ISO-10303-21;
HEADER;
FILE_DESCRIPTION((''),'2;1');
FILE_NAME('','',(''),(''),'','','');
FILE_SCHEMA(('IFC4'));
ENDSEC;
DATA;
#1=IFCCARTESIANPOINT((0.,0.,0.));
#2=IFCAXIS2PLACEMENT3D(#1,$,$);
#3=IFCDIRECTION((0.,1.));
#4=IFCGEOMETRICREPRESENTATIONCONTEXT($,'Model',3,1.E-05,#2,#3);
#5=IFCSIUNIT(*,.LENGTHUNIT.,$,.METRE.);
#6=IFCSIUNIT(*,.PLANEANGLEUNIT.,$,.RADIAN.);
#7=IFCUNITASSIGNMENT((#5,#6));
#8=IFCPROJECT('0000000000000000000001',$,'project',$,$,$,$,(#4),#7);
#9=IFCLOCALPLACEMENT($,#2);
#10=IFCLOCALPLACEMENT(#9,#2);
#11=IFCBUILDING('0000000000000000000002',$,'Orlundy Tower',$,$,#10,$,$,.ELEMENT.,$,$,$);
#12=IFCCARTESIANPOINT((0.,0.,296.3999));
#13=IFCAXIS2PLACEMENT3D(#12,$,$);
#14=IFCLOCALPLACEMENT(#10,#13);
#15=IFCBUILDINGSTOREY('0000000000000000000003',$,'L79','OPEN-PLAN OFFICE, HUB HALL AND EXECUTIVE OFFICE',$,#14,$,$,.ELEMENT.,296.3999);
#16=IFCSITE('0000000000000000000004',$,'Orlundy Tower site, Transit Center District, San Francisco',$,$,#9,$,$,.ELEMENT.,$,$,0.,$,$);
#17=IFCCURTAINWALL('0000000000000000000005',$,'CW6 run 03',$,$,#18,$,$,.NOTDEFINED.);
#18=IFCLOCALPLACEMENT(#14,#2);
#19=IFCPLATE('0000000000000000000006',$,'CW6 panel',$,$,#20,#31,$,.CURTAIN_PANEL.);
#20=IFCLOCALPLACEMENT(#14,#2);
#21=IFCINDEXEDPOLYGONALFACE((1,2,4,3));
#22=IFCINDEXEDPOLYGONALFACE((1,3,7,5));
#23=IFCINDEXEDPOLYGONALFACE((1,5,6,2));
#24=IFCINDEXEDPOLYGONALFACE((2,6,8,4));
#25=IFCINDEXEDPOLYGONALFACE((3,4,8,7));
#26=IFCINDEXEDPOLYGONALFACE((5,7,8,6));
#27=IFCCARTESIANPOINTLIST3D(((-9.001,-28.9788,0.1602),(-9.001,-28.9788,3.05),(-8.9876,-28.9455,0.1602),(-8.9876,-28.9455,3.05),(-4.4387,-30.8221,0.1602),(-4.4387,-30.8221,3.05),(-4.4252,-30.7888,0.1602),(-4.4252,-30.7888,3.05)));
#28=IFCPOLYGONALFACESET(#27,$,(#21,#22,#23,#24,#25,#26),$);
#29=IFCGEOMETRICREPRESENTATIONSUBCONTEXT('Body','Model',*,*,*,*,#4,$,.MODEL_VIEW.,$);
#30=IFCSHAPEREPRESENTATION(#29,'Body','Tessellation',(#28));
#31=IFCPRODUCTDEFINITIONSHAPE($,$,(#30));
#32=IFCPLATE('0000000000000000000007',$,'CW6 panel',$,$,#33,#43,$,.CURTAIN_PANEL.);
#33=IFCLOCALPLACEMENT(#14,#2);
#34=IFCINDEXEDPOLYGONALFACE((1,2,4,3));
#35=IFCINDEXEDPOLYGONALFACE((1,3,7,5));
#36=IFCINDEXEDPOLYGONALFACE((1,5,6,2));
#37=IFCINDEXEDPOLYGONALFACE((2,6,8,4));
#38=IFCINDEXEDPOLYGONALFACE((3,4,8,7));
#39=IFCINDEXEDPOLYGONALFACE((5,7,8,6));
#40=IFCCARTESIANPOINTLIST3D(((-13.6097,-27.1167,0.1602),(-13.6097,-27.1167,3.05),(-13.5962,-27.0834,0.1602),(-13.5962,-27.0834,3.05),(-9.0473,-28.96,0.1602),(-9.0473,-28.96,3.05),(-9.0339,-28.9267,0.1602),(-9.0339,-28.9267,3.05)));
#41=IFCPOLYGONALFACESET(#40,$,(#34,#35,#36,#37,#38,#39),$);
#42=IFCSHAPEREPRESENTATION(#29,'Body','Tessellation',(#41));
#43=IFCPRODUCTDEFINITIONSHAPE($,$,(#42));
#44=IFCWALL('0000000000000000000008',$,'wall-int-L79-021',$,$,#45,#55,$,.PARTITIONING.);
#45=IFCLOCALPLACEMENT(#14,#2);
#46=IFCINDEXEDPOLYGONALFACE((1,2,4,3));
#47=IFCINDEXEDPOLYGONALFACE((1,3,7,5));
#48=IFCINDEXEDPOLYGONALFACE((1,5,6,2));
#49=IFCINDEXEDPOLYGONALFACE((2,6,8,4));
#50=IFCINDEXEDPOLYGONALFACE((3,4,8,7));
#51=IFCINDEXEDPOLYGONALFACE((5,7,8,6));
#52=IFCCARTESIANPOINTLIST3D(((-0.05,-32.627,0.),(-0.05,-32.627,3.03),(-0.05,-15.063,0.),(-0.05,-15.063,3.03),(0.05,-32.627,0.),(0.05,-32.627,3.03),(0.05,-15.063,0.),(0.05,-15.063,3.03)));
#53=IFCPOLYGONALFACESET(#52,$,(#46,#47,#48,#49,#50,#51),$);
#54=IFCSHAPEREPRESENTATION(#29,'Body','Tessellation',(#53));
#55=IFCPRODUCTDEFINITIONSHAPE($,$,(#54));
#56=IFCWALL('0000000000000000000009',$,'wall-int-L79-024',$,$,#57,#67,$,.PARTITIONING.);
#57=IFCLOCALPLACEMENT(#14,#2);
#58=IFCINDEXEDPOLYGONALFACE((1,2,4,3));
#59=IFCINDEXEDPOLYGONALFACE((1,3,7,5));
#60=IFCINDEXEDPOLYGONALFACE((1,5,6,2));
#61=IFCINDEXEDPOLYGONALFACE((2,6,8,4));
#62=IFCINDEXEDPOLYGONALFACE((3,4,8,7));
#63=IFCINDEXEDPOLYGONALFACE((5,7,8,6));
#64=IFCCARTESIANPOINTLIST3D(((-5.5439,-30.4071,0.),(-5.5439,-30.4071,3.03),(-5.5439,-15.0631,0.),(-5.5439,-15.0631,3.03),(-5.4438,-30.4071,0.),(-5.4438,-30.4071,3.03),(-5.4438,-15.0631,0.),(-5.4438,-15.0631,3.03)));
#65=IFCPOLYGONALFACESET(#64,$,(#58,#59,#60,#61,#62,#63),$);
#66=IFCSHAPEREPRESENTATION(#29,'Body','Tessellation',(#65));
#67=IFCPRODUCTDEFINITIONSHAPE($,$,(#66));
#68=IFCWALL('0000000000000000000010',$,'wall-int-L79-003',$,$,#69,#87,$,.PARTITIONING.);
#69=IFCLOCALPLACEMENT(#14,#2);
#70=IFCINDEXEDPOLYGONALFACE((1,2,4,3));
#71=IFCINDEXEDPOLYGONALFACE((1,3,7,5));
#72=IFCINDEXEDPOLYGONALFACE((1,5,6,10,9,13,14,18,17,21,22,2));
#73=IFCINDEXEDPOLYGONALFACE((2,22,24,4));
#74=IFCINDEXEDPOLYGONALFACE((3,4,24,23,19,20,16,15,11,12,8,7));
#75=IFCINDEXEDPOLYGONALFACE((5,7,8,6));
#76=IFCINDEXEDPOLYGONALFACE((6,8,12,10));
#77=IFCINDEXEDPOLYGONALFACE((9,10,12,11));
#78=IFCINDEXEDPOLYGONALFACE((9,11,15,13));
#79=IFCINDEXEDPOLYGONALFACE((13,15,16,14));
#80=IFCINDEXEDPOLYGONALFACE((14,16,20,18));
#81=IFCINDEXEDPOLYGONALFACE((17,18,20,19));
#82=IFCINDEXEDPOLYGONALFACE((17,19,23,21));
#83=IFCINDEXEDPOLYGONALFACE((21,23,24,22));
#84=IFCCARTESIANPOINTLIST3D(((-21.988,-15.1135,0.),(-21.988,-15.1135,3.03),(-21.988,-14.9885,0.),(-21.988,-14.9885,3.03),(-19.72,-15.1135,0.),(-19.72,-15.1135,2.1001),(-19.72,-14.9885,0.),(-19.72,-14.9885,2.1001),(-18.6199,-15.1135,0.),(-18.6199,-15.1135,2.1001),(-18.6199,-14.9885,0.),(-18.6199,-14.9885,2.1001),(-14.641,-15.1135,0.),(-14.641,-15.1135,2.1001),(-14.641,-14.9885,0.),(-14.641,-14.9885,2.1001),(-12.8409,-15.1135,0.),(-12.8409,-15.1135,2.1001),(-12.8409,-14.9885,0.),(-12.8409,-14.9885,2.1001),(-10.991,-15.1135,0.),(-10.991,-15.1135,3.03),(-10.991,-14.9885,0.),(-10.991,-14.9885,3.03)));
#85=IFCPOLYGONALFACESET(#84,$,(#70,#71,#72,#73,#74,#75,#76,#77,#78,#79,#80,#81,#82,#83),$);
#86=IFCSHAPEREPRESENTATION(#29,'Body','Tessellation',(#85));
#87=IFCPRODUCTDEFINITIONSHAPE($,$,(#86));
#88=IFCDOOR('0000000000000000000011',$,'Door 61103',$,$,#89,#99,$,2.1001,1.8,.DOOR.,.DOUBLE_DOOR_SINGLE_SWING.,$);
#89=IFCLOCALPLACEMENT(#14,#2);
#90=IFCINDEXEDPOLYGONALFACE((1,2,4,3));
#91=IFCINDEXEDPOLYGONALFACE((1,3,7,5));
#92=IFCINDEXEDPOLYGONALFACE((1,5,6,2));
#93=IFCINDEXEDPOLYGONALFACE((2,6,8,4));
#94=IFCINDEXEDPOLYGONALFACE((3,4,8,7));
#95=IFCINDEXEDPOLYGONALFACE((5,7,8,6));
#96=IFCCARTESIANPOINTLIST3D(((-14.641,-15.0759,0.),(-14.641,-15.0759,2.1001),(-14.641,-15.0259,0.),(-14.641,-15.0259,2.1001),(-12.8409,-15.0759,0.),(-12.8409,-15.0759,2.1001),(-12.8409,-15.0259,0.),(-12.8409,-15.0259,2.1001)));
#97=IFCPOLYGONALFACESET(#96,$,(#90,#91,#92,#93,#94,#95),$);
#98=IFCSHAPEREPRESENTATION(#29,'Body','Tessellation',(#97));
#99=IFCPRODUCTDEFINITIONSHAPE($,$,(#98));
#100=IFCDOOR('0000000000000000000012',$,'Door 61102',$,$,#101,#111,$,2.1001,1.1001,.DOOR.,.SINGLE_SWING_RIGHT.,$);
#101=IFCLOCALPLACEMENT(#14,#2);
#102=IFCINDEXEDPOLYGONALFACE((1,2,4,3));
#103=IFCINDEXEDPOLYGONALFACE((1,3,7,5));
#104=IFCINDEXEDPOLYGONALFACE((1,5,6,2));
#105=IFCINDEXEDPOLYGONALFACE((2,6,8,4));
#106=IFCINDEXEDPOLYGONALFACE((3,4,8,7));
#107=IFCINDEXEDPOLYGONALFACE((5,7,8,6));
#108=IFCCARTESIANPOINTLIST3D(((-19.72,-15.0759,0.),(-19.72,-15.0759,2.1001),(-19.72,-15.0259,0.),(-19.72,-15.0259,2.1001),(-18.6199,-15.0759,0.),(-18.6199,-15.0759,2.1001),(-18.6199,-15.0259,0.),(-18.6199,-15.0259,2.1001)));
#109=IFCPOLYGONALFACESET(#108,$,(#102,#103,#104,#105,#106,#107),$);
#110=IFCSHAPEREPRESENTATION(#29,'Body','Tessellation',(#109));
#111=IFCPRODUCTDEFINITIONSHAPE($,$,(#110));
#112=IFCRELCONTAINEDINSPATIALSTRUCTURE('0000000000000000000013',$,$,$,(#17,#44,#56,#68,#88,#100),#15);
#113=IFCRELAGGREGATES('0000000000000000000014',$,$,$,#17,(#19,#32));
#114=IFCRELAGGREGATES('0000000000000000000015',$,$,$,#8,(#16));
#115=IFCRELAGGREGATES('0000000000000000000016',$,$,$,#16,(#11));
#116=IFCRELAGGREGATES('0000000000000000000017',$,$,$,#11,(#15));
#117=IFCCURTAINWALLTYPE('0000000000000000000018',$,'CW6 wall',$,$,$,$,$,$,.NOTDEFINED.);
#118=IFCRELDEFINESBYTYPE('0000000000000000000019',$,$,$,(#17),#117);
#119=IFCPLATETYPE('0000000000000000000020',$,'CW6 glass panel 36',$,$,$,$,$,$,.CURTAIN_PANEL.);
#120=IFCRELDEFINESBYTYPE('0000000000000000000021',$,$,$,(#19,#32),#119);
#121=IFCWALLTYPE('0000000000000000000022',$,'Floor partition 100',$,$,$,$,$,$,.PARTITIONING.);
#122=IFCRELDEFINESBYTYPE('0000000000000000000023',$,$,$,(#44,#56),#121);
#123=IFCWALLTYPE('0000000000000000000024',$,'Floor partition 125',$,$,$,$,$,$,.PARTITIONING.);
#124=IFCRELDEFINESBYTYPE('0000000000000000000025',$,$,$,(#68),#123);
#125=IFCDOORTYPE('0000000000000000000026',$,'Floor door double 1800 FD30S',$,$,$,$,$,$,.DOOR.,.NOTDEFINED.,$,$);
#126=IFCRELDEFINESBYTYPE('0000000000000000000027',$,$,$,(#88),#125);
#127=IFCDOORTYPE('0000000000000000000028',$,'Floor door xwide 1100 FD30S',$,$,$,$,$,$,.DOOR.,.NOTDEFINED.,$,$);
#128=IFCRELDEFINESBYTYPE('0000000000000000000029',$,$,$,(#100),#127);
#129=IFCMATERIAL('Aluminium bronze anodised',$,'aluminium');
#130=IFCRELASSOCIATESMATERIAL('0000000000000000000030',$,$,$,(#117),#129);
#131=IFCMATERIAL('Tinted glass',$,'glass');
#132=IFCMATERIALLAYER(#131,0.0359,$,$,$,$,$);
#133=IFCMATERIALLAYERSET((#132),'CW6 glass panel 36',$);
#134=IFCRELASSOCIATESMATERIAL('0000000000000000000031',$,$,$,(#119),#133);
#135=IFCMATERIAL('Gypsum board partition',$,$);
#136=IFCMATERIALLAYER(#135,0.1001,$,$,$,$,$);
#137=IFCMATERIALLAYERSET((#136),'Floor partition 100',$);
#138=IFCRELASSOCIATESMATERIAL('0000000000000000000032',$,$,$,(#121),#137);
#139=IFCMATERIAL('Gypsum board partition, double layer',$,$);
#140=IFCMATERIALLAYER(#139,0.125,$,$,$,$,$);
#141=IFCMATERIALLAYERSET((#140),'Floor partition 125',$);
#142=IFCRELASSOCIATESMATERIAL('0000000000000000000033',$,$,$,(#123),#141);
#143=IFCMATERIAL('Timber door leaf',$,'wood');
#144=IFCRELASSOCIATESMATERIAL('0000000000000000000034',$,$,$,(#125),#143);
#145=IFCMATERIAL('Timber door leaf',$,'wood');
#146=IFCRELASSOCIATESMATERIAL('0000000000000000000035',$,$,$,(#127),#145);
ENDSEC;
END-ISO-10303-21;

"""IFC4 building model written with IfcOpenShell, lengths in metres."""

from ifc_helpers import new_model, si_unit, direction, frame, frame_2d, origin, origin_2d, place, context, subcontext, project, spatial, rectangle, extrude, material, layer, layer_set, type_object, element, fill, aggregate, save


model = new_model("IFC4")

# Units and contexts
model_context = context("Model", 3, precision=1e-05, world=origin(), true_north=direction((0.0, 1.0)))
body_context = subcontext(model_context, "Body", "Model", "MODEL_VIEW")
ifc_project = project(units=[si_unit("LENGTHUNIT", "METRE"), si_unit("PLANEANGLEUNIT", "RADIAN")], contexts=[model_context])

# Site, building, storey
site_placement = place(None, origin())
site = spatial("IfcSite", under=ifc_project, at=site_placement, Name="Orlundy Tower site, Transit Center District, San Francisco", CompositionType="ELEMENT", RefElevation=0.0)
building_placement = place(site_placement, origin())
building = spatial("IfcBuilding", under=site, at=building_placement, Name="Orlundy Tower", CompositionType="ELEMENT")
storey_placement = place(building_placement, frame((0.0, 0.0, 296.3999)))
storey = spatial("IfcBuildingStorey", under=building, at=storey_placement, Name="L79", Description="OPEN-PLAN OFFICE, HUB HALL AND EXECUTIVE OFFICE", CompositionType="ELEMENT", Elevation=296.3999)

# Curtain wall
ifc_material_1 = material(Name="Aluminium bronze anodised", Category="aluminium")
curtain_wall_type = type_object("IfcCurtainWallType", Name="CW6 wall", PredefinedType="NOTDEFINED", material=ifc_material_1)
curtain_wall_placement = place(storey_placement, origin())
curtain_wall = element("IfcCurtainWall", 1, at=curtain_wall_placement, inside=storey, type_object=curtain_wall_type, Name="CW6 run 03", PredefinedType="NOTDEFINED")

# Plates
ifc_material_2 = material(Name="Tinted glass", Category="glass")
ifc_layer_1 = layer(ifc_material_2, 0.0359)
ifc_layer_set_1 = layer_set([ifc_layer_1], Name="CW6 glass panel 36")
plate_type = type_object("IfcPlateType", Name="CW6 glass panel 36", PredefinedType="CURTAIN_PANEL", material=ifc_layer_set_1)
plate_1_placement = place(storey_placement, frame((-6.7131, -29.8838, 0.1602), z_axis=(0.0, 0.0, 1.0), x_axis=(-0.927184, 0.374607, 0.0)))
plate_1 = element("IfcPlate", 2, at=plate_1_placement, type_object=plate_type, Name="CW6 panel", PredefinedType="CURTAIN_PANEL", context=body_context, shape_type="SweptSolid", body=[
    extrude(rectangle(XDim=4.9207, YDim=0.0359, at=origin_2d()), origin(), (0.0, 0.0, 1.0), 2.8899),
])
plate_2_placement = place(storey_placement, frame((-11.3218, -28.0217, 0.1602), z_axis=(0.0, 0.0, 1.0), x_axis=(-0.927184, 0.374607, 0.0)))
plate_2 = element("IfcPlate", 3, at=plate_2_placement, type_object=plate_type, Name="CW6 panel", PredefinedType="CURTAIN_PANEL", context=body_context, shape_type="SweptSolid", body=[
    extrude(rectangle(XDim=4.9207, YDim=0.0359, at=origin_2d()), origin(), (0.0, 0.0, 1.0), 2.8899),
])
aggregate(curtain_wall, [plate_1, plate_2])

# Walls
ifc_material_3 = material(Name="Gypsum board partition")
ifc_layer_2 = layer(ifc_material_3, 0.1001)
ifc_layer_set_2 = layer_set([ifc_layer_2], Name="Floor partition 100")
wall_type_1 = type_object("IfcWallType", Name="Floor partition 100", PredefinedType="PARTITIONING", material=ifc_layer_set_2)
wall_1_placement = place(storey_placement, frame((0.0, -32.627, 0.0), z_axis=(0.0, 0.0, 1.0), x_axis=(0.0, 1.0, 0.0)))
element("IfcWall", 4, at=wall_1_placement, inside=storey, type_object=wall_type_1, Name="wall-int-L79-021", PredefinedType="PARTITIONING", context=body_context, shape_type="SweptSolid", body=[
    extrude(rectangle(XDim=17.564, YDim=0.1001, at=frame_2d((8.782, 0.0))), origin(), (0.0, 0.0, 1.0), 3.03),
])
wall_2_placement = place(storey_placement, frame((-5.4939, -30.407, 0.0), z_axis=(0.0, 0.0, 1.0), x_axis=(0.0, 1.0, 0.0)))
element("IfcWall", 5, at=wall_2_placement, inside=storey, type_object=wall_type_1, Name="wall-int-L79-024", PredefinedType="PARTITIONING", context=body_context, shape_type="SweptSolid", body=[
    extrude(rectangle(XDim=15.344, YDim=0.1001, at=frame_2d((7.6719, 0.0))), origin(), (0.0, 0.0, 1.0), 3.03),
])

# Wall, openings, doors
ifc_material_4 = material(Name="Gypsum board partition, double layer")
ifc_layer_3 = layer(ifc_material_4, 0.125)
ifc_layer_set_3 = layer_set([ifc_layer_3], Name="Floor partition 125")
wall_type_2 = type_object("IfcWallType", Name="Floor partition 125", PredefinedType="PARTITIONING", material=ifc_layer_set_3)
wall_3_placement = place(storey_placement, frame((-10.991, -15.051, 0.0), z_axis=(0.0, 0.0, 1.0), x_axis=(-1.0, 0.0, 0.0)))
wall_3 = element("IfcWall", 6, at=wall_3_placement, inside=storey, type_object=wall_type_2, Name="wall-int-L79-003", PredefinedType="PARTITIONING", context=body_context, shape_type="SweptSolid", body=[
    extrude(rectangle(XDim=10.9971, YDim=0.125, at=frame_2d((5.4985, 0.0))), origin(), (0.0, 0.0, 1.0), 3.03),
])
opening_1_placement = place(wall_3_placement, frame((7.6289, 0.0, 0.0)))
opening_1 = element("IfcOpeningElement", 7, at=opening_1_placement, cuts=wall_3, PredefinedType="OPENING", context=body_context, shape_type="SweptSolid", body=[
    extrude(rectangle(XDim=1.1001, YDim=2.1001, at=frame_2d((0.55, 1.05))), frame((0.0, 0.0725, 0.0), z_axis=(0.0, -1.0, 0.0), x_axis=(1.0, 0.0, 0.0)), (0.0, 0.0, 1.0), 0.145),
])
opening_2_placement = place(wall_3_placement, frame((1.8501, 0.0, 0.0)))
opening_2 = element("IfcOpeningElement", 8, at=opening_2_placement, cuts=wall_3, PredefinedType="OPENING", context=body_context, shape_type="SweptSolid", body=[
    extrude(rectangle(XDim=1.8, YDim=2.1001, at=frame_2d((0.8999, 1.05))), frame((0.0, 0.0725, 0.0), z_axis=(0.0, -1.0, 0.0), x_axis=(1.0, 0.0, 0.0)), (0.0, 0.0, 1.0), 0.145),
])
ifc_material_5 = material(Name="Timber door leaf", Category="wood")
door_type_1 = type_object("IfcDoorType", Name="Floor door double 1800 FD30S", OperationType="NOTDEFINED", PredefinedType="DOOR", material=ifc_material_5)
door_1_placement = place(opening_2_placement, origin())
door_1 = element("IfcDoor", 9, at=door_1_placement, inside=storey, type_object=door_type_1, Name="Door 61103", OperationType="DOUBLE_DOOR_SINGLE_SWING", OverallHeight=2.1001, OverallWidth=1.8, PredefinedType="DOOR", context=body_context, shape_type="SweptSolid", body=[
    extrude(rectangle(XDim=1.8, YDim=2.1001, at=frame_2d((0.8999, 1.05))), frame((0.0, 0.0249, 0.0), z_axis=(0.0, -1.0, 0.0), x_axis=(1.0, 0.0, 0.0)), (0.0, 0.0, 1.0), 0.05),
])
fill(opening_2, door_1)
ifc_material_6 = material(Name="Timber door leaf", Category="wood")
door_type_2 = type_object("IfcDoorType", Name="Floor door xwide 1100 FD30S", OperationType="NOTDEFINED", PredefinedType="DOOR", material=ifc_material_6)
door_2_placement = place(opening_1_placement, origin())
door_2 = element("IfcDoor", 10, at=door_2_placement, inside=storey, type_object=door_type_2, Name="Door 61102", OperationType="SINGLE_SWING_RIGHT", OverallHeight=2.1001, OverallWidth=1.1001, PredefinedType="DOOR", context=body_context, shape_type="SweptSolid", body=[
    extrude(rectangle(XDim=1.1001, YDim=2.1001, at=frame_2d((0.55, 1.05))), frame((0.0, 0.0249, 0.0), z_axis=(0.0, -1.0, 0.0), x_axis=(1.0, 0.0, 0.0)), (0.0, 0.0, 1.0), 0.05),
])
fill(opening_1, door_2)

save(model, "model.ifc")
